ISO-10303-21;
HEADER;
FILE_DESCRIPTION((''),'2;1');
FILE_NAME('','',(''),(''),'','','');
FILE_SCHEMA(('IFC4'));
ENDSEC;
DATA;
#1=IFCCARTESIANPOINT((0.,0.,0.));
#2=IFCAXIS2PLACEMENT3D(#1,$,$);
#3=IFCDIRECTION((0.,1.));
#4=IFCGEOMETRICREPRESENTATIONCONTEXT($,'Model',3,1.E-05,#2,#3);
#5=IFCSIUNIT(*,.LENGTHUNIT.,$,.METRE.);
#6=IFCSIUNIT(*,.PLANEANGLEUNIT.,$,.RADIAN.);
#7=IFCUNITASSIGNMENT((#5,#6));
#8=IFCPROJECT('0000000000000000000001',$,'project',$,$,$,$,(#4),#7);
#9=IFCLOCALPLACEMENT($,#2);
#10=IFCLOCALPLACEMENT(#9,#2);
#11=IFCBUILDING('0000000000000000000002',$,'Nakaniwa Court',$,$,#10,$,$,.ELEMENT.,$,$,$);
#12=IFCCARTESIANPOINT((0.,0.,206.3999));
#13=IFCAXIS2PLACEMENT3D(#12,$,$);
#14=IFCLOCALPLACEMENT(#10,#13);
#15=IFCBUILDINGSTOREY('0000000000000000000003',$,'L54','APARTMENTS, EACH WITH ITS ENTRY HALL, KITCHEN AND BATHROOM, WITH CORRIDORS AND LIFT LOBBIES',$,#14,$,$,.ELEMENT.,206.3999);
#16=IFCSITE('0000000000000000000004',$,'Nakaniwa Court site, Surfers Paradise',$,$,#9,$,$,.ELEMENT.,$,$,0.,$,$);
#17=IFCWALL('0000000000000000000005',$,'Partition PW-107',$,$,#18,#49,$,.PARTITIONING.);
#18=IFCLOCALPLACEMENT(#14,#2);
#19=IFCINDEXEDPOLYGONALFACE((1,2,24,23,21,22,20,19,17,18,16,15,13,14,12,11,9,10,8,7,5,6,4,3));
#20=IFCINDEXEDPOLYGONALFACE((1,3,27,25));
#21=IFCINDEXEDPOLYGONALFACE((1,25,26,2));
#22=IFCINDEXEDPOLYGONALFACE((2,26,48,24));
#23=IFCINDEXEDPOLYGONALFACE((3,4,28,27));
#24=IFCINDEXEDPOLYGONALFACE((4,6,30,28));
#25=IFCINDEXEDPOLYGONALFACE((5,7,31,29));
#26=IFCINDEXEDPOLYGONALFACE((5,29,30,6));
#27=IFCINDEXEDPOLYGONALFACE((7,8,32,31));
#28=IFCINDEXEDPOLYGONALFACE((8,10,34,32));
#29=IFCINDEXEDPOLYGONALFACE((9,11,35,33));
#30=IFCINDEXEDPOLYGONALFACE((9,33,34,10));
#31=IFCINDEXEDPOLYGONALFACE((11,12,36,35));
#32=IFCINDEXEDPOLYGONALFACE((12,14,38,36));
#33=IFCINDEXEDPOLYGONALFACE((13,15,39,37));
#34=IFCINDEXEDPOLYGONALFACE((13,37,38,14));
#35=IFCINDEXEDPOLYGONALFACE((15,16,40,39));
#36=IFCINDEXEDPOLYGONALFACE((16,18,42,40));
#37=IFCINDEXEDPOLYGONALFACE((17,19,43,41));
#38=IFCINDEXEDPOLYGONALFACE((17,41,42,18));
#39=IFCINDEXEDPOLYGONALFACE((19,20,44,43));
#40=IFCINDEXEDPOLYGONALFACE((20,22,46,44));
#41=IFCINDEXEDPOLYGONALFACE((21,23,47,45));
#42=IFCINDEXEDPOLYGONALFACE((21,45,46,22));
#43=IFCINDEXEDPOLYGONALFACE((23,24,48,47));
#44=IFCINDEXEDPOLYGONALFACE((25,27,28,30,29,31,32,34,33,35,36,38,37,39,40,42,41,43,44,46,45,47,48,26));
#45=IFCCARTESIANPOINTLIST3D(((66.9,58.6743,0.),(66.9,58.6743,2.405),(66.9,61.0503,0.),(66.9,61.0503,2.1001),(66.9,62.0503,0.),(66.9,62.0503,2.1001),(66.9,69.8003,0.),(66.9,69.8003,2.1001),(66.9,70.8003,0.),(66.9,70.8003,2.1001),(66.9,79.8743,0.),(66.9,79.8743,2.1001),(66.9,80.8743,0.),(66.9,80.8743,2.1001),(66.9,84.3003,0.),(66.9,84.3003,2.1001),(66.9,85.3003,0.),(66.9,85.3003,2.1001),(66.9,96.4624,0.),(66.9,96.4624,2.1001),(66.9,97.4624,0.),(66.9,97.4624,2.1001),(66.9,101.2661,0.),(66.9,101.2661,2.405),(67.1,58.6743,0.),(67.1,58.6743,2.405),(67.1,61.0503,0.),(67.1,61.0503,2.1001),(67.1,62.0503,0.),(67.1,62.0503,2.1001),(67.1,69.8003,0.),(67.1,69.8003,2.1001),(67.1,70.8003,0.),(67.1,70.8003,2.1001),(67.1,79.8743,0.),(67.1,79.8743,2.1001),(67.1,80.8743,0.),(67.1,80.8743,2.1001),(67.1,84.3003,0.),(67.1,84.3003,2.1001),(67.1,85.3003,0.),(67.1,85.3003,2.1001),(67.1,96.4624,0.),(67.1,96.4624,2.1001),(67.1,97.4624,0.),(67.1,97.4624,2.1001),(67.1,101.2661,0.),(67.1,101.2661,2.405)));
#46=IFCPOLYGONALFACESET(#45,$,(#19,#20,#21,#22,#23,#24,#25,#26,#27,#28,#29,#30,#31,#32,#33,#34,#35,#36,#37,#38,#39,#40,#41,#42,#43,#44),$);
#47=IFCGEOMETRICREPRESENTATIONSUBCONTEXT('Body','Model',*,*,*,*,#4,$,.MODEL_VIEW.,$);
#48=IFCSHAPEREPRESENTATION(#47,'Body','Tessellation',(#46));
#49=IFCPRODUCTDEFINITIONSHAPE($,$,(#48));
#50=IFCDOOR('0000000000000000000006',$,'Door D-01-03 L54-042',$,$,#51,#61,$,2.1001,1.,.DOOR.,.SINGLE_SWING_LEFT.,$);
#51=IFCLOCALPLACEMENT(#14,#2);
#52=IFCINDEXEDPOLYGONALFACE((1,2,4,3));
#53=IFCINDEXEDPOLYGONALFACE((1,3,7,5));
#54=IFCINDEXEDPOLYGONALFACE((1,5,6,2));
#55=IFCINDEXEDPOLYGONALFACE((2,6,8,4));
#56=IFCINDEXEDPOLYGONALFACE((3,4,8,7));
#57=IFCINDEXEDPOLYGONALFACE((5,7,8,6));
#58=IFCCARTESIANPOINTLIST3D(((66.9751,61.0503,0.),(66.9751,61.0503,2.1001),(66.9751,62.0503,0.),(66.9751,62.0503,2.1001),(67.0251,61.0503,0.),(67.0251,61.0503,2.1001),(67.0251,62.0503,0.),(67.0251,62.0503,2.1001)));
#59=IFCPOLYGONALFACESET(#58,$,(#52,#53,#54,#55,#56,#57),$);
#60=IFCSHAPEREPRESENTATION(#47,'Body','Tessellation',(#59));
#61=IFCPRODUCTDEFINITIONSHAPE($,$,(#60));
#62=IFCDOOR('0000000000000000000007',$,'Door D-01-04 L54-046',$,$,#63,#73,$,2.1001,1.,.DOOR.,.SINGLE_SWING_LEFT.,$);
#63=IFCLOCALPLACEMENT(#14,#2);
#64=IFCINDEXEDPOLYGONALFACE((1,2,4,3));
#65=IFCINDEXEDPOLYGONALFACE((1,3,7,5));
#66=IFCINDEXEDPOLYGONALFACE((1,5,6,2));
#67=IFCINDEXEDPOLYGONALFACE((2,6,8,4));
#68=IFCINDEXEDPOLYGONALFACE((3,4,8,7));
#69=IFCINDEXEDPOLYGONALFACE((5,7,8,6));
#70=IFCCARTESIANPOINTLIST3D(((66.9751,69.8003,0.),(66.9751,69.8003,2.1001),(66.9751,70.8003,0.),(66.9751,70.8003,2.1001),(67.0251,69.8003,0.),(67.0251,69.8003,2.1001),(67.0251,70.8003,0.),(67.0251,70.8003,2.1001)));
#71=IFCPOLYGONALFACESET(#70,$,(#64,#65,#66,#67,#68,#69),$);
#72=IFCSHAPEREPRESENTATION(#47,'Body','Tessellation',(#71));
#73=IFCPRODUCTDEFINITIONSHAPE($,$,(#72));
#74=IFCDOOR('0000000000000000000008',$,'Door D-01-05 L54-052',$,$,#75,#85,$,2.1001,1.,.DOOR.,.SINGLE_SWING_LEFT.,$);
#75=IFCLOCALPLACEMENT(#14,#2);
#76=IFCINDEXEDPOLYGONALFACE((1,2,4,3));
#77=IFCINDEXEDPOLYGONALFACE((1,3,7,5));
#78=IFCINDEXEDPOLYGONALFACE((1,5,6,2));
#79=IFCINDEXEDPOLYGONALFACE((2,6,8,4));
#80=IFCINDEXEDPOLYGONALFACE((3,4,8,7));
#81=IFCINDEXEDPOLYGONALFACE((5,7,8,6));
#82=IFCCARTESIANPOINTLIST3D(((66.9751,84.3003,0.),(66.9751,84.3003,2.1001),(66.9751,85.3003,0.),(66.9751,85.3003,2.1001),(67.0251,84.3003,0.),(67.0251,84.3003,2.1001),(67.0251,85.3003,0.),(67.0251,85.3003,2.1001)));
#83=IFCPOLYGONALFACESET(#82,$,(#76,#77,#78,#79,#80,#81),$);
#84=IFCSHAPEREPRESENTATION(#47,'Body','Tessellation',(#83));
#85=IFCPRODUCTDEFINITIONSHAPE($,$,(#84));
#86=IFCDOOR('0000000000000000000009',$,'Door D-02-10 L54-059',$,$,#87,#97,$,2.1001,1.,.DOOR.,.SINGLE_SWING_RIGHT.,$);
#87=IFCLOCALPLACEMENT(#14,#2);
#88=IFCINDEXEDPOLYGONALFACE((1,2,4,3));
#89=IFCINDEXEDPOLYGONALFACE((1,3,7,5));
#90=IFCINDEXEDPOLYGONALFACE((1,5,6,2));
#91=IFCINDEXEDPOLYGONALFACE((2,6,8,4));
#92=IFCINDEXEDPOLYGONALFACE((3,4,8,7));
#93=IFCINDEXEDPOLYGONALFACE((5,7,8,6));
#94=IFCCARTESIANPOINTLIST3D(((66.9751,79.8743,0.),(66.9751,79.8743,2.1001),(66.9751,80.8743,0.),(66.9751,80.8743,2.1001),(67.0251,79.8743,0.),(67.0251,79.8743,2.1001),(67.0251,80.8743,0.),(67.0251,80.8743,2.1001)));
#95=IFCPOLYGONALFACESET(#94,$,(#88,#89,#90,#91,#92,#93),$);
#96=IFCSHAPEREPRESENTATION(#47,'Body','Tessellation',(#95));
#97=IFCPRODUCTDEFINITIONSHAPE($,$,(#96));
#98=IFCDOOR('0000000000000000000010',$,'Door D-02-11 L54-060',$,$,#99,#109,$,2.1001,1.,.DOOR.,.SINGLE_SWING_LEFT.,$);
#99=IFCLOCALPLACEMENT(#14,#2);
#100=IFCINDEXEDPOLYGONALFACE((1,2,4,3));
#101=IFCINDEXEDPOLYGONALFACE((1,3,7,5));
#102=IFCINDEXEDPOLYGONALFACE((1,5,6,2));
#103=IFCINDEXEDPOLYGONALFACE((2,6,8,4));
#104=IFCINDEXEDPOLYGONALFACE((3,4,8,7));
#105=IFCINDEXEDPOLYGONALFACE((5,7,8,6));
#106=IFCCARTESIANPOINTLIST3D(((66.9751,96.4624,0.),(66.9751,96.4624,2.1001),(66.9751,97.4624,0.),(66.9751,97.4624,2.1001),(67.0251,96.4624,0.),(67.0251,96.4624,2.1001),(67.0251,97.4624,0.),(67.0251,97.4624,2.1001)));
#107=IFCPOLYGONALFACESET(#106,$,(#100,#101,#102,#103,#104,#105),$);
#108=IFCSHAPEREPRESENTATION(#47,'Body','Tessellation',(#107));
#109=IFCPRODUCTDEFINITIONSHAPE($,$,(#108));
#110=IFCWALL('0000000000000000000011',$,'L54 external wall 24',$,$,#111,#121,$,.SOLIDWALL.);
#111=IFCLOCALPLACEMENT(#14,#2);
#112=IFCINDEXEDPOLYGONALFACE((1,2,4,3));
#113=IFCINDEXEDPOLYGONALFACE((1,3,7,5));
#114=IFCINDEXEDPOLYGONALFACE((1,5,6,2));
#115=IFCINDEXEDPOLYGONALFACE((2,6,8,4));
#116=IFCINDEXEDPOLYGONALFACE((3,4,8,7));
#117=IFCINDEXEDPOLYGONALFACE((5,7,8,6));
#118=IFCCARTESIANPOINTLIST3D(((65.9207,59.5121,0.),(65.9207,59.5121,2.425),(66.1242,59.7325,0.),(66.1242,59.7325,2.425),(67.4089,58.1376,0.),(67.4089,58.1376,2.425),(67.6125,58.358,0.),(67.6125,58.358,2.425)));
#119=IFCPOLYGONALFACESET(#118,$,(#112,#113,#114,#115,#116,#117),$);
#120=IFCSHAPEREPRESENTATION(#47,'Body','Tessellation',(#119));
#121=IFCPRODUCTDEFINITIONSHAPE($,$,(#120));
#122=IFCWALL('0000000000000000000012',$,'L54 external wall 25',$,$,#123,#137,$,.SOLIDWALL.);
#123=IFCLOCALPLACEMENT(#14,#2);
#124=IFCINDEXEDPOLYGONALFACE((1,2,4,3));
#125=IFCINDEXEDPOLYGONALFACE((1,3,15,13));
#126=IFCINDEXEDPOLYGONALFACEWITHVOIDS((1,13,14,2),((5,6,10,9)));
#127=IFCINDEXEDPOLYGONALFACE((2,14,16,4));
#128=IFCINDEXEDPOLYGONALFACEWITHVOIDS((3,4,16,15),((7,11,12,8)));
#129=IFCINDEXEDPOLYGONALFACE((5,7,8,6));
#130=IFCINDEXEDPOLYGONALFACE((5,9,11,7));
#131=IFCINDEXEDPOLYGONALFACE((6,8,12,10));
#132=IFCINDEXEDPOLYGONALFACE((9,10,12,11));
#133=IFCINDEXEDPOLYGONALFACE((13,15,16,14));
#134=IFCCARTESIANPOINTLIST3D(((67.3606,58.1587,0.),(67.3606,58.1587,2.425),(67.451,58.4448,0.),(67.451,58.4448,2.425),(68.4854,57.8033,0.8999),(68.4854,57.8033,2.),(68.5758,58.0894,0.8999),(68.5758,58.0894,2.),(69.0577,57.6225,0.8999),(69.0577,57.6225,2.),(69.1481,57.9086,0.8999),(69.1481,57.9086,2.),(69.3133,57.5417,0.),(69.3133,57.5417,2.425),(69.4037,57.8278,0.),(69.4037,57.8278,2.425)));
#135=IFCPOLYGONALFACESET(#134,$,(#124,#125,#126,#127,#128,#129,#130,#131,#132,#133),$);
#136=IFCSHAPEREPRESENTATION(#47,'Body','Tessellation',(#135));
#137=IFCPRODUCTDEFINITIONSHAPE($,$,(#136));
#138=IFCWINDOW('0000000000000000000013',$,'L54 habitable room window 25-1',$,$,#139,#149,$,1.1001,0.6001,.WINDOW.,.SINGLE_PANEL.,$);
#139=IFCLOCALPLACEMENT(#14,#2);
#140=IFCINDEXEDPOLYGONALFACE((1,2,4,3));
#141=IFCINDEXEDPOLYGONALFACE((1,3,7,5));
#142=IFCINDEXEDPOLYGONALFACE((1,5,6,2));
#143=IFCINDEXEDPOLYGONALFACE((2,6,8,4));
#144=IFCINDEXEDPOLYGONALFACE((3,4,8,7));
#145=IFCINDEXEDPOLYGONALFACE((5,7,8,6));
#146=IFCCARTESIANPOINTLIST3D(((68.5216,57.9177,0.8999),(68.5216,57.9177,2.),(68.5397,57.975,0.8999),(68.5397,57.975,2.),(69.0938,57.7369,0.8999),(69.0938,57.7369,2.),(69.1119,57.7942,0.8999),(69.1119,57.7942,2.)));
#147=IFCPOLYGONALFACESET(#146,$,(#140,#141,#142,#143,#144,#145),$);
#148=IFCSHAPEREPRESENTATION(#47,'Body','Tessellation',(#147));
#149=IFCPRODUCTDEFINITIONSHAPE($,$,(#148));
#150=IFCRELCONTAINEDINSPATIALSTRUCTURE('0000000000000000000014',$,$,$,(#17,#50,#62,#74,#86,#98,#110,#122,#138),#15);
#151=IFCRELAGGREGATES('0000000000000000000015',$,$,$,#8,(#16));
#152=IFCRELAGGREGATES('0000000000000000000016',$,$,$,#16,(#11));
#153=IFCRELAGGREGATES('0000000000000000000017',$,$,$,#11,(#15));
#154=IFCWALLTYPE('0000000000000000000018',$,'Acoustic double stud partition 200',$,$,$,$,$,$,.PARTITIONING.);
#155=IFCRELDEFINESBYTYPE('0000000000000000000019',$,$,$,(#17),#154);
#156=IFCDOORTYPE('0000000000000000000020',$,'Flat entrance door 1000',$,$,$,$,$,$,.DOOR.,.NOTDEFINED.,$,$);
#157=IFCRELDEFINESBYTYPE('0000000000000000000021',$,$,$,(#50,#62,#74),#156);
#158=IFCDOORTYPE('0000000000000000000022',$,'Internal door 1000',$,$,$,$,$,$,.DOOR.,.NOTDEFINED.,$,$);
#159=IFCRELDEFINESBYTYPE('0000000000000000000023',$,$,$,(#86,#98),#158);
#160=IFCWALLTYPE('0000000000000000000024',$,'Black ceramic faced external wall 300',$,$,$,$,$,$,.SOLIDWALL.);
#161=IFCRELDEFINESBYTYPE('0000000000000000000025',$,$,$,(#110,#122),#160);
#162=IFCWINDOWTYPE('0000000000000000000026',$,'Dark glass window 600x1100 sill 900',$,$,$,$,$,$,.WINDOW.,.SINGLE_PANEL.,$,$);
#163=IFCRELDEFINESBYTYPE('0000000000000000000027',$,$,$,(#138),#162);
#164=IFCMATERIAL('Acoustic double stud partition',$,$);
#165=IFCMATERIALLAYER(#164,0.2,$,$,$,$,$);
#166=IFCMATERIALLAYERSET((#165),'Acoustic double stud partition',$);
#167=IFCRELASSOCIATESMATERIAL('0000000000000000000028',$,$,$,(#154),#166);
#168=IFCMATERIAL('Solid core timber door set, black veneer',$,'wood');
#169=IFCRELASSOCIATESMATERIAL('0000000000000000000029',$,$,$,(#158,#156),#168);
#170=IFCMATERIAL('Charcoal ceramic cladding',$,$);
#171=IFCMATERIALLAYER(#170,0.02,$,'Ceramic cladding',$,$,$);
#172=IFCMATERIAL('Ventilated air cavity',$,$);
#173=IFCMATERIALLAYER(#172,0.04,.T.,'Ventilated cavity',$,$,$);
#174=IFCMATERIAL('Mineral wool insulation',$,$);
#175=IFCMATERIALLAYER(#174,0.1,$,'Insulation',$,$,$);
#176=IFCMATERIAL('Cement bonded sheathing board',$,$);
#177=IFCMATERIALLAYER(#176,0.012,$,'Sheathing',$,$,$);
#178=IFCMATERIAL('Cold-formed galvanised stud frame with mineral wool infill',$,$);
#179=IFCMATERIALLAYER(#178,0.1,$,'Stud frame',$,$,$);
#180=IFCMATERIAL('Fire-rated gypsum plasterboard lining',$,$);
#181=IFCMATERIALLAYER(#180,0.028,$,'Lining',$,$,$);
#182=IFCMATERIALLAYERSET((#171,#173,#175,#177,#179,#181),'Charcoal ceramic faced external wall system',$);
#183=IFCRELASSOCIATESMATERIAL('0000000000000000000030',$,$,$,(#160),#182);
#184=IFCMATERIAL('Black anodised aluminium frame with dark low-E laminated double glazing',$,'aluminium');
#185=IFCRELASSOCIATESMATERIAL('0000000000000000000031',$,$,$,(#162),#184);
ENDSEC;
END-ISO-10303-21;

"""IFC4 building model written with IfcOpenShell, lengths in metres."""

from ifc_helpers import new_model, si_unit, direction, frame, frame_2d, origin, place, context, subcontext, project, spatial, rectangle, extrude, material, layer, layer_set, type_object, element, fill, save


model = new_model("IFC4")

# Units and contexts
model_context = context("Model", 3, precision=1e-05, world=origin(), true_north=direction((0.0, 1.0)))
body_context = subcontext(model_context, "Body", "Model", "MODEL_VIEW")
ifc_project = project(units=[si_unit("LENGTHUNIT", "METRE"), si_unit("PLANEANGLEUNIT", "RADIAN")], contexts=[model_context])

# Site, building, storey
site_placement = place(None, origin())
site = spatial("IfcSite", under=ifc_project, at=site_placement, Name="Nakaniwa Court site, Surfers Paradise", CompositionType="ELEMENT", RefElevation=0.0)
building_placement = place(site_placement, origin())
building = spatial("IfcBuilding", under=site, at=building_placement, Name="Nakaniwa Court", CompositionType="ELEMENT")
storey_placement = place(building_placement, frame((0.0, 0.0, 206.3999)))
storey = spatial("IfcBuildingStorey", under=building, at=storey_placement, Name="L54", Description="APARTMENTS, EACH WITH ITS ENTRY HALL, KITCHEN AND BATHROOM, WITH CORRIDORS AND LIFT LOBBIES", CompositionType="ELEMENT", Elevation=206.3999)

# Shared definitions
ifc_material_1 = material(Name="Acoustic double stud partition")
ifc_layer_1 = layer(ifc_material_1, 0.2)
ifc_layer_set_1 = layer_set([ifc_layer_1], Name="Acoustic double stud partition")
wall_type_1 = type_object("IfcWallType", Name="Acoustic double stud partition 200", PredefinedType="PARTITIONING", material=ifc_layer_set_1)

# Shared definitions
ifc_material_2 = material(Name="Solid core timber door set, black veneer", Category="wood")
door_type_1 = type_object("IfcDoorType", Name="Internal door 1000", OperationType="NOTDEFINED", PredefinedType="DOOR", material=ifc_material_2)

# Wall, openings, doors
wall_1_placement = place(storey_placement, frame((67.0, 58.6743, 0.0), z_axis=(0.0, 0.0, 1.0), x_axis=(0.0, 1.0, 0.0)))
wall_1 = element("IfcWall", 1, at=wall_1_placement, inside=storey, type_object=wall_type_1, Name="Partition PW-107", PredefinedType="PARTITIONING", context=body_context, shape_type="SweptSolid", body=[
    extrude(rectangle(XDim=42.5918, YDim=0.2, at=frame_2d((21.2959, 0.0))), origin(), (0.0, 0.0, 1.0), 2.405),
])
opening_1_placement = place(wall_1_placement, frame((2.376, 0.0, 0.0)))
opening_1 = element("IfcOpeningElement", 2, at=opening_1_placement, cuts=wall_1, PredefinedType="OPENING", context=body_context, shape_type="SweptSolid", body=[
    extrude(rectangle(XDim=1.0, YDim=2.1001, at=frame_2d((0.5, 1.05))), frame((0.0, 0.1099, 0.0), z_axis=(0.0, -1.0, 0.0), x_axis=(1.0, 0.0, 0.0)), (0.0, 0.0, 1.0), 0.22),
])
opening_2_placement = place(wall_1_placement, frame((11.126, 0.0, 0.0)))
opening_2 = element("IfcOpeningElement", 3, at=opening_2_placement, cuts=wall_1, PredefinedType="OPENING", context=body_context, shape_type="SweptSolid", body=[
    extrude(rectangle(XDim=1.0, YDim=2.1001, at=frame_2d((0.5, 1.05))), frame((0.0, 0.1099, 0.0), z_axis=(0.0, -1.0, 0.0), x_axis=(1.0, 0.0, 0.0)), (0.0, 0.0, 1.0), 0.22),
])
opening_3_placement = place(wall_1_placement, frame((25.626, 0.0, 0.0)))
opening_3 = element("IfcOpeningElement", 4, at=opening_3_placement, cuts=wall_1, PredefinedType="OPENING", context=body_context, shape_type="SweptSolid", body=[
    extrude(rectangle(XDim=1.0, YDim=2.1001, at=frame_2d((0.5, 1.05))), frame((0.0, 0.1099, 0.0), z_axis=(0.0, -1.0, 0.0), x_axis=(1.0, 0.0, 0.0)), (0.0, 0.0, 1.0), 0.22),
])
opening_4_placement = place(wall_1_placement, frame((21.2, 0.0, 0.0)))
opening_4 = element("IfcOpeningElement", 5, at=opening_4_placement, cuts=wall_1, PredefinedType="OPENING", context=body_context, shape_type="SweptSolid", body=[
    extrude(rectangle(XDim=1.0, YDim=2.1001, at=frame_2d((0.5, 1.05))), frame((0.0, 0.1099, 0.0), z_axis=(0.0, -1.0, 0.0), x_axis=(1.0, 0.0, 0.0)), (0.0, 0.0, 1.0), 0.22),
])
opening_5_placement = place(wall_1_placement, frame((37.7881, 0.0, 0.0)))
opening_5 = element("IfcOpeningElement", 6, at=opening_5_placement, cuts=wall_1, PredefinedType="OPENING", context=body_context, shape_type="SweptSolid", body=[
    extrude(rectangle(XDim=1.0, YDim=2.1001, at=frame_2d((0.5, 1.05))), frame((0.0, 0.1099, 0.0), z_axis=(0.0, -1.0, 0.0), x_axis=(1.0, 0.0, 0.0)), (0.0, 0.0, 1.0), 0.22),
])
door_type_2 = type_object("IfcDoorType", Name="Flat entrance door 1000", OperationType="NOTDEFINED", PredefinedType="DOOR", material=ifc_material_2)
door_1_placement = place(opening_1_placement, origin())
door_1 = element("IfcDoor", 7, at=door_1_placement, inside=storey, type_object=door_type_2, Name="Door D-01-03 L54-042", OperationType="SINGLE_SWING_LEFT", OverallHeight=2.1001, OverallWidth=1.0, PredefinedType="DOOR", context=body_context, shape_type="SweptSolid", body=[
    extrude(rectangle(XDim=1.0, YDim=2.1001, at=frame_2d((0.5, 1.05))), frame((0.0, 0.0249, 0.0), z_axis=(0.0, -1.0, 0.0), x_axis=(1.0, 0.0, 0.0)), (0.0, 0.0, 1.0), 0.05),
])
fill(opening_1, door_1)
door_2_placement = place(opening_2_placement, origin())
door_2 = element("IfcDoor", 8, at=door_2_placement, inside=storey, type_object=door_type_2, Name="Door D-01-04 L54-046", OperationType="SINGLE_SWING_LEFT", OverallHeight=2.1001, OverallWidth=1.0, PredefinedType="DOOR", context=body_context, shape_type="SweptSolid", body=[
    extrude(rectangle(XDim=1.0, YDim=2.1001, at=frame_2d((0.5, 1.05))), frame((0.0, 0.0249, 0.0), z_axis=(0.0, -1.0, 0.0), x_axis=(1.0, 0.0, 0.0)), (0.0, 0.0, 1.0), 0.05),
])
fill(opening_2, door_2)
door_3_placement = place(opening_3_placement, origin())
door_3 = element("IfcDoor", 9, at=door_3_placement, inside=storey, type_object=door_type_2, Name="Door D-01-05 L54-052", OperationType="SINGLE_SWING_LEFT", OverallHeight=2.1001, OverallWidth=1.0, PredefinedType="DOOR", context=body_context, shape_type="SweptSolid", body=[
    extrude(rectangle(XDim=1.0, YDim=2.1001, at=frame_2d((0.5, 1.05))), frame((0.0, 0.0249, 0.0), z_axis=(0.0, -1.0, 0.0), x_axis=(1.0, 0.0, 0.0)), (0.0, 0.0, 1.0), 0.05),
])
fill(opening_3, door_3)
door_4_placement = place(opening_4_placement, origin())
door_4 = element("IfcDoor", 10, at=door_4_placement, inside=storey, type_object=door_type_1, Name="Door D-02-10 L54-059", OperationType="SINGLE_SWING_RIGHT", OverallHeight=2.1001, OverallWidth=1.0, PredefinedType="DOOR", context=body_context, shape_type="SweptSolid", body=[
    extrude(rectangle(XDim=1.0, YDim=2.1001, at=frame_2d((0.5, 1.05))), frame((0.0, 0.0249, 0.0), z_axis=(0.0, -1.0, 0.0), x_axis=(1.0, 0.0, 0.0)), (0.0, 0.0, 1.0), 0.05),
])
fill(opening_4, door_4)
door_5_placement = place(opening_5_placement, origin())
door_5 = element("IfcDoor", 11, at=door_5_placement, inside=storey, type_object=door_type_1, Name="Door D-02-11 L54-060", OperationType="SINGLE_SWING_LEFT", OverallHeight=2.1001, OverallWidth=1.0, PredefinedType="DOOR", context=body_context, shape_type="SweptSolid", body=[
    extrude(rectangle(XDim=1.0, YDim=2.1001, at=frame_2d((0.5, 1.05))), frame((0.0, 0.0249, 0.0), z_axis=(0.0, -1.0, 0.0), x_axis=(1.0, 0.0, 0.0)), (0.0, 0.0, 1.0), 0.05),
])
fill(opening_5, door_5)

# Wall
ifc_material_3 = material(Name="Charcoal ceramic cladding")
ifc_layer_2 = layer(ifc_material_3, 0.02, Name="Ceramic cladding")
ifc_material_4 = material(Name="Ventilated air cavity")
ifc_layer_3 = layer(ifc_material_4, 0.04, ventilated=True, Name="Ventilated cavity")
ifc_material_5 = material(Name="Mineral wool insulation")
ifc_layer_4 = layer(ifc_material_5, 0.1, Name="Insulation")
ifc_material_6 = material(Name="Cement bonded sheathing board")
ifc_layer_5 = layer(ifc_material_6, 0.012, Name="Sheathing")
ifc_material_7 = material(Name="Cold-formed galvanised stud frame with mineral wool infill")
ifc_layer_6 = layer(ifc_material_7, 0.1, Name="Stud frame")
ifc_material_8 = material(Name="Fire-rated gypsum plasterboard lining")
ifc_layer_7 = layer(ifc_material_8, 0.028, Name="Lining")
ifc_layer_set_2 = layer_set([ifc_layer_2, ifc_layer_3, ifc_layer_4, ifc_layer_5, ifc_layer_6, ifc_layer_7], Name="Charcoal ceramic faced external wall system")
wall_type_2 = type_object("IfcWallType", Name="Black ceramic faced external wall 300", PredefinedType="SOLIDWALL", material=ifc_layer_set_2)
wall_2_placement = place(storey_placement, frame((66.0225, 59.6223, 0.0), z_axis=(0.0, 0.0, 1.0), x_axis=(0.734628, -0.67847, 0.0)))
element("IfcWall", 12, at=wall_2_placement, inside=storey, type_object=wall_type_2, Name="L54 external wall 24", PredefinedType="SOLIDWALL", context=body_context, shape_type="SweptSolid", body=[
    extrude(rectangle(XDim=2.0259, YDim=0.3, at=frame_2d((1.0129, 0.0))), origin(), (0.0, 0.0, 1.0), 2.425),
])

# Wall, opening, window
wall_3_placement = place(storey_placement, frame((67.4058, 58.3018, 0.0), z_axis=(0.0, 0.0, 1.0), x_axis=(0.953538, -0.301274, 0.0)))
wall_3 = element("IfcWall", 13, at=wall_3_placement, inside=storey, type_object=wall_type_2, Name="L54 external wall 25", PredefinedType="SOLIDWALL", context=body_context, shape_type="SweptSolid", body=[
    extrude(rectangle(XDim=2.0479, YDim=0.3, at=frame_2d((1.0239, 0.0))), origin(), (0.0, 0.0, 1.0), 2.425),
])
opening_6_placement = place(wall_3_placement, frame((1.1797, 0.0, 0.8999)))
opening_6 = element("IfcOpeningElement", 14, at=opening_6_placement, cuts=wall_3, PredefinedType="OPENING", context=body_context, shape_type="SweptSolid", body=[
    extrude(rectangle(XDim=0.6001, YDim=1.1001, at=frame_2d((0.3, 0.55))), frame((0.0, 0.1599, 0.0), z_axis=(0.0, -1.0, 0.0), x_axis=(1.0, 0.0, 0.0)), (0.0, 0.0, 1.0), 0.3201),
])
ifc_material_9 = material(Name="Black anodised aluminium frame with dark low-E laminated double glazing", Category="aluminium")
window_type = type_object("IfcWindowType", Name="Dark glass window 600x1100 sill 900", PartitioningType="SINGLE_PANEL", PredefinedType="WINDOW", material=ifc_material_9)
window_placement = place(opening_6_placement, origin())
window = element("IfcWindow", 15, at=window_placement, inside=storey, type_object=window_type, Name="L54 habitable room window 25-1", OverallHeight=1.1001, OverallWidth=0.6001, PartitioningType="SINGLE_PANEL", PredefinedType="WINDOW", context=body_context, shape_type="SweptSolid", body=[
    extrude(rectangle(XDim=0.6001, YDim=1.1001, at=frame_2d((0.3, 0.55))), frame((0.0, 0.03, 0.0), z_axis=(0.0, -1.0, 0.0), x_axis=(1.0, 0.0, 0.0)), (0.0, 0.0, 1.0), 0.0601),
])
fill(opening_6, window)

save(model, "model.ifc")
